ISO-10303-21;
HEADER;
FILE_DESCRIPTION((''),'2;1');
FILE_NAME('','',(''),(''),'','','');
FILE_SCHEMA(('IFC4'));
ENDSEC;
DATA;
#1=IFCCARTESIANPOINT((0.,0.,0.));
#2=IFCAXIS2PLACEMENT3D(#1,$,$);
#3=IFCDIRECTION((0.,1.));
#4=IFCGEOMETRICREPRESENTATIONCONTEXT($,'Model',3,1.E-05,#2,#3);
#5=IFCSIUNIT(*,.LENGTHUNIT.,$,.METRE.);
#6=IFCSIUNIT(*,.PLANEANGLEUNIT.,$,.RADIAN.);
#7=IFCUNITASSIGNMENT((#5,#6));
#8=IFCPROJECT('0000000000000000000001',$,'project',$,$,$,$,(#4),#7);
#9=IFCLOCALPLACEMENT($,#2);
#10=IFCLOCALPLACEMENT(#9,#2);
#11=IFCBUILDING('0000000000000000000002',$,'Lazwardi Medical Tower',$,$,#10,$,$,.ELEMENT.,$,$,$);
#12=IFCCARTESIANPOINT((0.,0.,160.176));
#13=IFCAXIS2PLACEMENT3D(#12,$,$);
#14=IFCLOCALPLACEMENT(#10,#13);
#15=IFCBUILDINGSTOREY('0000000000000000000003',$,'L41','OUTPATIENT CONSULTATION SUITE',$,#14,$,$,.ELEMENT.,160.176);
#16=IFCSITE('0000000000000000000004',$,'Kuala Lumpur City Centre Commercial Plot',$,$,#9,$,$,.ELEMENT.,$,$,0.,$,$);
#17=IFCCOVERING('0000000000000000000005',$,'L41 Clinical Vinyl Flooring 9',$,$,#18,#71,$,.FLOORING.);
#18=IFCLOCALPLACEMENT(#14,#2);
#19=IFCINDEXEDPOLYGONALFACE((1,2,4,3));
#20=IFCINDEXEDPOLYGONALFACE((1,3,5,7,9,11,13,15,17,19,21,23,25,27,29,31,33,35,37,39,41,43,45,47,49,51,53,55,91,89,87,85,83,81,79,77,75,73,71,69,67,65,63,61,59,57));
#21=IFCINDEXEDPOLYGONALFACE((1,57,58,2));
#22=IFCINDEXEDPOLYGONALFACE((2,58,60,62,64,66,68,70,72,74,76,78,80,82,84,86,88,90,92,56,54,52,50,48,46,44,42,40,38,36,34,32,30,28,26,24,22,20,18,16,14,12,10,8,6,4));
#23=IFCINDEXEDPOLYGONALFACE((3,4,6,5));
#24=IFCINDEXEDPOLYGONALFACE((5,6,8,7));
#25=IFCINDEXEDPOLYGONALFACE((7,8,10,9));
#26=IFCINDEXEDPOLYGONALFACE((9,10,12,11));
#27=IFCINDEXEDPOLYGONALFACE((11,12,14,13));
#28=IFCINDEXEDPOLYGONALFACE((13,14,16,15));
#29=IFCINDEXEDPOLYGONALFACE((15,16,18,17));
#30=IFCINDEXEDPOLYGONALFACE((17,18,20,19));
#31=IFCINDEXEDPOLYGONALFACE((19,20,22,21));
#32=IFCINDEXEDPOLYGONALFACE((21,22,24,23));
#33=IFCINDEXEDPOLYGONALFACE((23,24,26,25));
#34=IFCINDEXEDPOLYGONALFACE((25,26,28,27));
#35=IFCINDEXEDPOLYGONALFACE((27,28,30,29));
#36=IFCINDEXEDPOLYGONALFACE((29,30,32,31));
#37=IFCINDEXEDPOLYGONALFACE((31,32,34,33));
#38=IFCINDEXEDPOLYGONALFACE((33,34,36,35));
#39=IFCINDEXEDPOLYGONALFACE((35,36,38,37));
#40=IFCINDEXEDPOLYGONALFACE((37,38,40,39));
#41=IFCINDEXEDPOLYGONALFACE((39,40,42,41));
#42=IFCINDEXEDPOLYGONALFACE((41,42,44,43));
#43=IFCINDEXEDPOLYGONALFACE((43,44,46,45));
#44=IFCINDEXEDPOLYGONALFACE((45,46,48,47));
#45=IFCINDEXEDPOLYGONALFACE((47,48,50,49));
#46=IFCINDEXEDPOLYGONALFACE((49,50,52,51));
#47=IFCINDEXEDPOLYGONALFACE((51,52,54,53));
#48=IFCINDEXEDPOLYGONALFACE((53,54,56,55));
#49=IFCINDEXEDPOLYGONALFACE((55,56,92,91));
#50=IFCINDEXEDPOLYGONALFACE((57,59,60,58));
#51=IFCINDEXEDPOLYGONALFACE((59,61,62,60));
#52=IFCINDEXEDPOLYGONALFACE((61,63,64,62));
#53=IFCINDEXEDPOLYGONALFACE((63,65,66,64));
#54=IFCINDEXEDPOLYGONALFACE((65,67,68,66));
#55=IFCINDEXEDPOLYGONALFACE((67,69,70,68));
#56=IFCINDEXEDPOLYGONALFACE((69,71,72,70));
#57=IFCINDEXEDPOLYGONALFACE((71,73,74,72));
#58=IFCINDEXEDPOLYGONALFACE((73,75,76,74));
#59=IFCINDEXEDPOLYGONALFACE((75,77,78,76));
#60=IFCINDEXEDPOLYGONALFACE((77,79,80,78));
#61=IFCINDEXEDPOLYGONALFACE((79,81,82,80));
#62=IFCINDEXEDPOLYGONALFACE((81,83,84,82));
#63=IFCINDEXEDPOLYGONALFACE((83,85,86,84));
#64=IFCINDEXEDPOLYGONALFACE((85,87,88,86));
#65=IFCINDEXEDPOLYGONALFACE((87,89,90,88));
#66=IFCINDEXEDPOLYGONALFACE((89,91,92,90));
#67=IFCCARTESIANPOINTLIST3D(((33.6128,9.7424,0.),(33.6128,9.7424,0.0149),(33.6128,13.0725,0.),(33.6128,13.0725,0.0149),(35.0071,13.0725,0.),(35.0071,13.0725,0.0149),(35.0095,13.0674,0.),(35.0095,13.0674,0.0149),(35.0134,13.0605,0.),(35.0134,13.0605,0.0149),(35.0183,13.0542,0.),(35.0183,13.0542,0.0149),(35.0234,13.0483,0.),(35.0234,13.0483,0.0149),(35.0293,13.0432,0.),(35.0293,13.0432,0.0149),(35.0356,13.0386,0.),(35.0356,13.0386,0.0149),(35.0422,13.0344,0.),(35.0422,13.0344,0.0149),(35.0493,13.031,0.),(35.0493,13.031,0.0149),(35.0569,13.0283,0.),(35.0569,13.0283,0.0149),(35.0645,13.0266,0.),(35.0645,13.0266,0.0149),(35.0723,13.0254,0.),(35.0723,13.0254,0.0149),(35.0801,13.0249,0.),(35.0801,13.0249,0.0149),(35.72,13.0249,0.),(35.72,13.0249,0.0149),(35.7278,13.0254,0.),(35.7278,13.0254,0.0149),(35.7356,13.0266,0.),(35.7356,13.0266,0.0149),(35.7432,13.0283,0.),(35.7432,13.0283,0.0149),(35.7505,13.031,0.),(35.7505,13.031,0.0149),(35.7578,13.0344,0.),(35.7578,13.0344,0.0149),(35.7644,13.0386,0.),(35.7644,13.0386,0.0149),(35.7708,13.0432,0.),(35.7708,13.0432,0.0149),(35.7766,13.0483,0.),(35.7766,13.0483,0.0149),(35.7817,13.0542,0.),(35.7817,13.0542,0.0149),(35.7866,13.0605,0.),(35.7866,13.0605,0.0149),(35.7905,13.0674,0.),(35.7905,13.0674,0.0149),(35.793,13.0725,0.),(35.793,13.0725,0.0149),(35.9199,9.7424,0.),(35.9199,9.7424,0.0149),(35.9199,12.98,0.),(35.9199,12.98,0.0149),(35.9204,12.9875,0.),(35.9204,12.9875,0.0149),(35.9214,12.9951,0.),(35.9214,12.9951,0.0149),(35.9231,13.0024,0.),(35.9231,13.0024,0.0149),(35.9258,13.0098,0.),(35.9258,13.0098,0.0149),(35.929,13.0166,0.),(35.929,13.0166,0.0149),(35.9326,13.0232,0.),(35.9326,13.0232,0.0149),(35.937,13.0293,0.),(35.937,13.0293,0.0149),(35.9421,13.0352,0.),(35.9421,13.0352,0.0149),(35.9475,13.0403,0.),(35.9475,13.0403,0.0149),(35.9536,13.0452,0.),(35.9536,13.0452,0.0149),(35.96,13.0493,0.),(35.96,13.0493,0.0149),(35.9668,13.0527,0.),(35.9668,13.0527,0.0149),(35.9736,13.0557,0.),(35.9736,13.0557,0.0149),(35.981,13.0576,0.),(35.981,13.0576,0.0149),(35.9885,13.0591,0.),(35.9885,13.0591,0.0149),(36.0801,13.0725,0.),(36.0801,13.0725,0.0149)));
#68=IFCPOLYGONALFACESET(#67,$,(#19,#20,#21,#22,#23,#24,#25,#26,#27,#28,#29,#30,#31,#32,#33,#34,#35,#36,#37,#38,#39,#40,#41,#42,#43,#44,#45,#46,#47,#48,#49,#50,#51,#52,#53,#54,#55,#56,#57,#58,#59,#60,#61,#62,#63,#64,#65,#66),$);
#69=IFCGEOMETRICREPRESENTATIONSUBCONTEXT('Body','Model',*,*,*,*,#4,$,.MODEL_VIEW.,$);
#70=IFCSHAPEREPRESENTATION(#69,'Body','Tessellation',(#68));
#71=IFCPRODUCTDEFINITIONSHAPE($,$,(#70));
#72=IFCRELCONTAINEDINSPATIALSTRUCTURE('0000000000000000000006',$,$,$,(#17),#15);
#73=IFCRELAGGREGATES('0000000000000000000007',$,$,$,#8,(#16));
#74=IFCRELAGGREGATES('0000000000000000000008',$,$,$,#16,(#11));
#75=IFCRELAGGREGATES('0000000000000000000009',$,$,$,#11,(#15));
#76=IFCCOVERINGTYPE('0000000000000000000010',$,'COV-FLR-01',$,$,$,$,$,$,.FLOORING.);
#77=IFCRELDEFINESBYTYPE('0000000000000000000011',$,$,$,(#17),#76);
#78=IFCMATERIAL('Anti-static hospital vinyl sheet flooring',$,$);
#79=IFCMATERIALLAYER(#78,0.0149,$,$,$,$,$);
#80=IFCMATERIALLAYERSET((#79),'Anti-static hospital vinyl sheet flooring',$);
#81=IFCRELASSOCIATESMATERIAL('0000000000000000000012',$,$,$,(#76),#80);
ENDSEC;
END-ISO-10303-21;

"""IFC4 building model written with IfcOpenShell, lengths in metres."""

from ifc_helpers import new_model, si_unit, direction, frame, origin, place, context, subcontext, project, spatial, polyline, outline, extrude, material, layer, layer_set, type_object, element, save


model = new_model("IFC4")

# Units and contexts
model_context = context("Model", 3, precision=1e-05, world=origin(), true_north=direction((0.0, 1.0)))
body_context = subcontext(model_context, "Body", "Model", "MODEL_VIEW")
ifc_project = project(units=[si_unit("LENGTHUNIT", "METRE"), si_unit("PLANEANGLEUNIT", "RADIAN")], contexts=[model_context])

# Site, building, storey
site_placement = place(None, origin())
site = spatial("IfcSite", under=ifc_project, at=site_placement, Name="Kuala Lumpur City Centre Commercial Plot", CompositionType="ELEMENT", RefElevation=0.0)
building_placement = place(site_placement, origin())
building = spatial("IfcBuilding", under=site, at=building_placement, Name="Lazwardi Medical Tower", CompositionType="ELEMENT")
storey_placement = place(building_placement, frame((0.0, 0.0, 160.176)))
storey = spatial("IfcBuildingStorey", under=building, at=storey_placement, Name="L41", Description="OUTPATIENT CONSULTATION SUITE", CompositionType="ELEMENT", Elevation=160.176)

# Covering
ifc_material_1 = material(Name="Anti-static hospital vinyl sheet flooring")
ifc_layer_1 = layer(ifc_material_1, 0.0149)
ifc_layer_set_1 = layer_set([ifc_layer_1], Name="Anti-static hospital vinyl sheet flooring")
covering_type_1 = type_object("IfcCoveringType", Name="COV-FLR-01", PredefinedType="FLOORING", material=ifc_layer_set_1)
covering_1_placement = place(storey_placement, origin())
element("IfcCovering", 1, at=covering_1_placement, inside=storey, type_object=covering_type_1, Name="L41 Clinical Vinyl Flooring 9", PredefinedType="FLOORING", context=body_context, shape_type="SweptSolid", body=[
    extrude(outline(polyline([(35.793, 13.0725), (35.7905, 13.0674), (35.7866, 13.0605), (35.7817, 13.0542), (35.7766, 13.0483), (35.7708, 13.0432), (35.7644, 13.0386), (35.7578, 13.0344), (35.7505, 13.031), (35.7432, 13.0283), (35.7356, 13.0266), (35.7278, 13.0254), (35.72, 13.0249), (35.0801, 13.0249), (35.0723, 13.0254), (35.0645, 13.0266), (35.0569, 13.0283), (35.0493, 13.031), (35.0422, 13.0344), (35.0356, 13.0386), (35.0293, 13.0432), (35.0234, 13.0483), (35.0183, 13.0542), (35.0134, 13.0605), (35.0095, 13.0674), (35.0071, 13.0725), (33.6128, 13.0725), (33.6128, 9.7424), (35.9199, 9.7424), (35.9199, 12.98), (35.9204, 12.9875), (35.9214, 12.9951), (35.9231, 13.0024), (35.9258, 13.0098), (35.929, 13.0166), (35.9326, 13.0232), (35.937, 13.0293), (35.9421, 13.0352), (35.9475, 13.0403), (35.9536, 13.0452), (35.96, 13.0493), (35.9668, 13.0527), (35.9736, 13.0557), (35.981, 13.0576), (35.9885, 13.0591), (36.0801, 13.0725), (35.793, 13.0725)])), origin(), (0.0, 0.0, 1.0), 0.0149),
])

save(model, "model.ifc")
